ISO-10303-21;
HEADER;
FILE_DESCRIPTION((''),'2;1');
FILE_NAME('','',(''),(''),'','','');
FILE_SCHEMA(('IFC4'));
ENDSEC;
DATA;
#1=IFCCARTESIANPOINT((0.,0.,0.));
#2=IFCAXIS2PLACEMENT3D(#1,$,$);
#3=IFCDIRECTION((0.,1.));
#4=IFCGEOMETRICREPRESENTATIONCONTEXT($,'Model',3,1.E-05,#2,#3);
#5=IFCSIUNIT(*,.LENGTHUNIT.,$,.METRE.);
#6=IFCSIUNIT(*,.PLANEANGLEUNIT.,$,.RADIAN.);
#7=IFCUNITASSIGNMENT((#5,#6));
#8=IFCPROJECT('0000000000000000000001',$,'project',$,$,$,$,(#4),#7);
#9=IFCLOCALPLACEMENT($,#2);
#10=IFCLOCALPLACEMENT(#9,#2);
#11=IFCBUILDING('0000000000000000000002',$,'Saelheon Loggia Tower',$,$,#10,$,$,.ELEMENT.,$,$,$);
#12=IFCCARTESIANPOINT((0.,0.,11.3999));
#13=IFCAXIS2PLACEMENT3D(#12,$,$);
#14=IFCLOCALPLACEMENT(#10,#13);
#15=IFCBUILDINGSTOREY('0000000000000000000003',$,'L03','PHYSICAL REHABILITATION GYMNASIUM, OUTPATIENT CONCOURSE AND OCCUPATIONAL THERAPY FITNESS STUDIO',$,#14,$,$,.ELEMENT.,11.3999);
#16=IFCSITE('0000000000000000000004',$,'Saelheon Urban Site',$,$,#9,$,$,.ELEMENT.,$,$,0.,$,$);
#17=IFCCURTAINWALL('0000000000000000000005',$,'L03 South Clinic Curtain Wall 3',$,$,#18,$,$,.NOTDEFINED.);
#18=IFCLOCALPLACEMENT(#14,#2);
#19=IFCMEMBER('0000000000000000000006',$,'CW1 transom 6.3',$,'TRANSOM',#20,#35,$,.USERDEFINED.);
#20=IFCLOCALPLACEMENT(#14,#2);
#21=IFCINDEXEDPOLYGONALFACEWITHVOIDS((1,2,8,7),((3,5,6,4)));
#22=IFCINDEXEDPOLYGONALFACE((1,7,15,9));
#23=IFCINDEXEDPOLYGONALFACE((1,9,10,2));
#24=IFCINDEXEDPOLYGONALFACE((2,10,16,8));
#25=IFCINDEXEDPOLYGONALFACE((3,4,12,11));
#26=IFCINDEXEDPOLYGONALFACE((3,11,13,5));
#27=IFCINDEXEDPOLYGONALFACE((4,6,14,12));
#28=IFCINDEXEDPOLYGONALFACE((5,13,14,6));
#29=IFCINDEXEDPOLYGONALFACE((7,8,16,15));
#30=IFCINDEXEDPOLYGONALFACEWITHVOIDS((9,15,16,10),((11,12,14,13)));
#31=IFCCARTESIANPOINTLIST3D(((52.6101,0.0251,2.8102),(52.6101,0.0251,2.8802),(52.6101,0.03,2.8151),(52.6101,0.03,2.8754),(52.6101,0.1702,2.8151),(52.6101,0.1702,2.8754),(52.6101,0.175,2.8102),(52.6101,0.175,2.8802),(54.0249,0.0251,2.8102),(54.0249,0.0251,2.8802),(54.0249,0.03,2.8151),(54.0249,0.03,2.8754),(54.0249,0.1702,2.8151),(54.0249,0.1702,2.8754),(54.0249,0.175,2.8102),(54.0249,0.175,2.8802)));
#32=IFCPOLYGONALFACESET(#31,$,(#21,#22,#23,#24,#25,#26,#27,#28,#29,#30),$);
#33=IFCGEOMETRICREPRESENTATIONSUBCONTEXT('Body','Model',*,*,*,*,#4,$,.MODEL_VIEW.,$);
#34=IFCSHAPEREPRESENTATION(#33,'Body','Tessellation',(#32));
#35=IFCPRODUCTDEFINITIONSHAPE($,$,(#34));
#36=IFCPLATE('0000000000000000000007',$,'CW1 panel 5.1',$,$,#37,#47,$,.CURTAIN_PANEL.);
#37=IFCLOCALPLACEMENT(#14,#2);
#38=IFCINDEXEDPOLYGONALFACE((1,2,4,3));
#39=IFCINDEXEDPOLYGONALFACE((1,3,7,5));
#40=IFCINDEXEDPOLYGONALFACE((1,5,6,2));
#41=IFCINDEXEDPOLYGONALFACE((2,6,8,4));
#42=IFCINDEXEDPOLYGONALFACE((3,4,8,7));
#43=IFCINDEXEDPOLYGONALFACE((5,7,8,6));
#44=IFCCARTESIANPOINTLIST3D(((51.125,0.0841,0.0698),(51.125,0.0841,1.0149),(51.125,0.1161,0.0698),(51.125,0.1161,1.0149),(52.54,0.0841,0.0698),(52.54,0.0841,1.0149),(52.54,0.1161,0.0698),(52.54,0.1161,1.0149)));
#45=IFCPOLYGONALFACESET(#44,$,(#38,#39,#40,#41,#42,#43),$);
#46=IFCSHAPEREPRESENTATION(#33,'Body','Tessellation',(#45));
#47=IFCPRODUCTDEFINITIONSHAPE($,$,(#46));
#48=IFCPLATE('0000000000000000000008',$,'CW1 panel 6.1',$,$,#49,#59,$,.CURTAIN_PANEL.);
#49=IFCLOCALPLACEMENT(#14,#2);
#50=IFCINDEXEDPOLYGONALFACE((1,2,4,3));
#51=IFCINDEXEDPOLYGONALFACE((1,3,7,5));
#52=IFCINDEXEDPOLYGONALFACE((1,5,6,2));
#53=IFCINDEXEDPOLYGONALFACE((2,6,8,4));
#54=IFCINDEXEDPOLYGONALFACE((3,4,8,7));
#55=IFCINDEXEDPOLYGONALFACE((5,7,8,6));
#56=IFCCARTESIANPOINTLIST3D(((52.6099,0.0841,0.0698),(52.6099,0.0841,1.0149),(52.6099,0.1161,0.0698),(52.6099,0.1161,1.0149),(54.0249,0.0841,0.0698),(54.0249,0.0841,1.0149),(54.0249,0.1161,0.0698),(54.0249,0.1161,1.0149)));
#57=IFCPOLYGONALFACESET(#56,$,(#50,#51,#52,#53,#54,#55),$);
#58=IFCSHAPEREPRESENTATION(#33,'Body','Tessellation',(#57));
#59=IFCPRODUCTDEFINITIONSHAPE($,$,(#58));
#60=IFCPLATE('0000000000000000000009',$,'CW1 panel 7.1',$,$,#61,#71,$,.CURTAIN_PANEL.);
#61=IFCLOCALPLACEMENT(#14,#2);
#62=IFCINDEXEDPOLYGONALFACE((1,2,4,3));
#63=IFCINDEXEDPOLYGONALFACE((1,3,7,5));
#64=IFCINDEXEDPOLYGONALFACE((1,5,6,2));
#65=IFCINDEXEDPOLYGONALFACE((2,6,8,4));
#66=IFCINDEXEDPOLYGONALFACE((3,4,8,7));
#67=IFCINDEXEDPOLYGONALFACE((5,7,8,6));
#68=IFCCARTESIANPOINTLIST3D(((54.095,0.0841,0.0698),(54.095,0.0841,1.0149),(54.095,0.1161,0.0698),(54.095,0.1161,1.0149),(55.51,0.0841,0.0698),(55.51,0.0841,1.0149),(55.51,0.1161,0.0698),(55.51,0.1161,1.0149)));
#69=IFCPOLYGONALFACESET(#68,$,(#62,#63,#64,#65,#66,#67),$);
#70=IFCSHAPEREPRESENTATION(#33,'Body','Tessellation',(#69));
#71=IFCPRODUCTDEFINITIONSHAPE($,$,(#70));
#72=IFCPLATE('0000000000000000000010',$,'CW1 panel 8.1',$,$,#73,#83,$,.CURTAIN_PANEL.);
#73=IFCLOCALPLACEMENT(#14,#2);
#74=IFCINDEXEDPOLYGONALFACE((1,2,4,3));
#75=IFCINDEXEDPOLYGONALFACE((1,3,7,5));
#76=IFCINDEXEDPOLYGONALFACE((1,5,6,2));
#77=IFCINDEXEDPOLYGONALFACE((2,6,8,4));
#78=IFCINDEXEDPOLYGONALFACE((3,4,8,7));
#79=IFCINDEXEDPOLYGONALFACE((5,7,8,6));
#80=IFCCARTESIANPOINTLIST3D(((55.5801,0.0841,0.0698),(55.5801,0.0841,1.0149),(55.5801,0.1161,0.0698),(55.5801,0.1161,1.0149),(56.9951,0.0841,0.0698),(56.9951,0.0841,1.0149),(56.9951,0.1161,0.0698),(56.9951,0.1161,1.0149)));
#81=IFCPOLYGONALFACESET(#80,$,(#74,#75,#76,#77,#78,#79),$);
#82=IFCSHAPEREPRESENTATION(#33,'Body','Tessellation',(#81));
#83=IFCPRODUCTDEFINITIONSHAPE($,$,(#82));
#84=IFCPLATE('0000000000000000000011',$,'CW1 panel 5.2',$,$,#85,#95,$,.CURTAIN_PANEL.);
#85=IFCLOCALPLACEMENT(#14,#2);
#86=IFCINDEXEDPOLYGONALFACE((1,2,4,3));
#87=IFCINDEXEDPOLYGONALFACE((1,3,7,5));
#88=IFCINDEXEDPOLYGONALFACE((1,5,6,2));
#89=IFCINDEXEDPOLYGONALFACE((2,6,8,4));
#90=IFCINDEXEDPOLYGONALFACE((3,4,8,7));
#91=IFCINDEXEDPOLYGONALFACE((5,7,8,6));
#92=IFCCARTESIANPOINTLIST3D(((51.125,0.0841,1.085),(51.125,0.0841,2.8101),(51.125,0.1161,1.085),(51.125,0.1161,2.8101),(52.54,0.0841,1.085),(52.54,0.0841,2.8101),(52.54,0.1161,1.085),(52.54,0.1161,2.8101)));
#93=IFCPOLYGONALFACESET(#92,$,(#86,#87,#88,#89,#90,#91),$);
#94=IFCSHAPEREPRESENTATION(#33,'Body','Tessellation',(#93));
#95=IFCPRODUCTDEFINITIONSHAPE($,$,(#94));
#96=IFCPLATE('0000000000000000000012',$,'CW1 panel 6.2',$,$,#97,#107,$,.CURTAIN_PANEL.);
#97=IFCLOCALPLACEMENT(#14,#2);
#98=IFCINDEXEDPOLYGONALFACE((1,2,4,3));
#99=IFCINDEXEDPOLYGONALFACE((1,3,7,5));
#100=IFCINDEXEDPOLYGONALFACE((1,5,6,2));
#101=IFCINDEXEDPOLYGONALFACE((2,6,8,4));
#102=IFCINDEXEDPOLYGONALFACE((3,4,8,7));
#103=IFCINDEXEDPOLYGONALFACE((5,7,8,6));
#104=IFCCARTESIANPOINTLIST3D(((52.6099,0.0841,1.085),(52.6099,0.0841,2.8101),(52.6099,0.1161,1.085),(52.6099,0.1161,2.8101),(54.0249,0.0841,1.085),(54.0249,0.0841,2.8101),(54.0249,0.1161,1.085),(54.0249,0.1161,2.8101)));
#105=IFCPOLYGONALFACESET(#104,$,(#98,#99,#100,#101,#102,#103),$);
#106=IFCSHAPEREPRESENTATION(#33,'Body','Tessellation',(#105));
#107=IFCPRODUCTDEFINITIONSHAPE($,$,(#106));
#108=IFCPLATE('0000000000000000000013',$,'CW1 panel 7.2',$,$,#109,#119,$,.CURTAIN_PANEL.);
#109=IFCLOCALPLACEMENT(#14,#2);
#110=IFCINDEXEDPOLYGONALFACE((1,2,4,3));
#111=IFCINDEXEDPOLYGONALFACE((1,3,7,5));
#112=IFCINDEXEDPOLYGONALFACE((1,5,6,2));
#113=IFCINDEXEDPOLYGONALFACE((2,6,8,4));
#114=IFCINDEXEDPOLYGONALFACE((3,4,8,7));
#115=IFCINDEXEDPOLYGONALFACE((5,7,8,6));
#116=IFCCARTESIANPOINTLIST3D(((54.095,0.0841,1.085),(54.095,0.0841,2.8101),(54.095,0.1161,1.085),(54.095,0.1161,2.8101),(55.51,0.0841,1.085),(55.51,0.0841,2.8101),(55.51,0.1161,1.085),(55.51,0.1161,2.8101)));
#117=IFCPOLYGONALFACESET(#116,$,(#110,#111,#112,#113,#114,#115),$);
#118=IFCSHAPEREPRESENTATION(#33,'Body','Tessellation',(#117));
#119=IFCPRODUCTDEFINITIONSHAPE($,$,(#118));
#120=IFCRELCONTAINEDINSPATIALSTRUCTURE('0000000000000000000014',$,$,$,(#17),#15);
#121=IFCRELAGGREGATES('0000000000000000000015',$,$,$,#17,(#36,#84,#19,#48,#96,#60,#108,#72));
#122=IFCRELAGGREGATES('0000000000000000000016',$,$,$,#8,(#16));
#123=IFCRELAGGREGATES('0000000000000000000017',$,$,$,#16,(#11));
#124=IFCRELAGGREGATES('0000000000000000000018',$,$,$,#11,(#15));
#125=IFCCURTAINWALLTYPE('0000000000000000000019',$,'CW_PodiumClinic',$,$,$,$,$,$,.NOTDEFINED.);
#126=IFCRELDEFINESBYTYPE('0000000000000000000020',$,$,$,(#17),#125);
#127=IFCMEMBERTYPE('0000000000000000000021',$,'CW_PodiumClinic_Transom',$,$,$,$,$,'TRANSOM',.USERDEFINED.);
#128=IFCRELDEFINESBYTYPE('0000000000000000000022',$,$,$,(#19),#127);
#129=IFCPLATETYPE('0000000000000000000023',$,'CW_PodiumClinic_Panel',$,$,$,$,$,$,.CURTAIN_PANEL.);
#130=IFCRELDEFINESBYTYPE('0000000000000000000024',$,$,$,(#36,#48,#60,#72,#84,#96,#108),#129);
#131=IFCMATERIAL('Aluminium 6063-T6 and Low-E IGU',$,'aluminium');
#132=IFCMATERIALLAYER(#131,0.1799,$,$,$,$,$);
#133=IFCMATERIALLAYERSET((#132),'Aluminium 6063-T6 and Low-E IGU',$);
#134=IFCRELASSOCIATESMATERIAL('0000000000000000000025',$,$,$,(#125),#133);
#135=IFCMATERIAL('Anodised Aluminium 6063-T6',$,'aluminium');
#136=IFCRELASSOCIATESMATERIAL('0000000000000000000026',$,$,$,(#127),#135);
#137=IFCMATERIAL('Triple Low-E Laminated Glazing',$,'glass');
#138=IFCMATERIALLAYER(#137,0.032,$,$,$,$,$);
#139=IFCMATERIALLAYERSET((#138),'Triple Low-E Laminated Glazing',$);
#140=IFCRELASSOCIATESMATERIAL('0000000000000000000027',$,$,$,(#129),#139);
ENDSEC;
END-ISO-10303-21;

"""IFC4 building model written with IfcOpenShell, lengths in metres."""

from ifc_helpers import new_model, si_unit, direction, frame, origin, origin_2d, place, context, subcontext, project, spatial, rectangle, hollow_rectangle, extrude, source, transform, mapped, material, layer, layer_set, material_profile, profile_set, type_object, element, aggregate, save


model = new_model("IFC4")

# Units and contexts
model_context = context("Model", 3, precision=1e-05, world=origin(), true_north=direction((0.0, 1.0)))
body_context = subcontext(model_context, "Body", "Model", "MODEL_VIEW")
ifc_project = project(units=[si_unit("LENGTHUNIT", "METRE"), si_unit("PLANEANGLEUNIT", "RADIAN")], contexts=[model_context])

# Site, building, storey
site_placement = place(None, origin())
site = spatial("IfcSite", under=ifc_project, at=site_placement, Name="Saelheon Urban Site", CompositionType="ELEMENT", RefElevation=0.0)
building_placement = place(site_placement, origin())
building = spatial("IfcBuilding", under=site, at=building_placement, Name="Saelheon Loggia Tower", CompositionType="ELEMENT")
storey_placement = place(building_placement, frame((0.0, 0.0, 11.3999)))
storey = spatial("IfcBuildingStorey", under=building, at=storey_placement, Name="L03", Description="PHYSICAL REHABILITATION GYMNASIUM, OUTPATIENT CONCOURSE AND OCCUPATIONAL THERAPY FITNESS STUDIO", CompositionType="ELEMENT", Elevation=11.3999)

# Curtain wall, member, plates
ifc_material_1 = material(Name="Aluminium 6063-T6 and Low-E IGU", Category="aluminium")
ifc_layer_1 = layer(ifc_material_1, 0.1799)
ifc_layer_set_1 = layer_set([ifc_layer_1], Name="Aluminium 6063-T6 and Low-E IGU")
curtain_wall_type = type_object("IfcCurtainWallType", Name="CW_PodiumClinic", PredefinedType="NOTDEFINED", material=ifc_layer_set_1)
curtain_wall_placement = place(storey_placement, origin())
curtain_wall = element("IfcCurtainWall", 1, at=curtain_wall_placement, inside=storey, type_object=curtain_wall_type, Name="L03 South Clinic Curtain Wall 3", PredefinedType="NOTDEFINED")
ifc_material_2 = material(Name="Anodised Aluminium 6063-T6", Category="aluminium")
ifc_material_profile_1 = material_profile(ifc_material_2, hollow_rectangle(XDim=0.0701, YDim=0.1499, WallThickness=0.0049, at=origin_2d()), Name="RHS-150x70x5")
ifc_profile_set_1 = profile_set([ifc_material_profile_1], Name="Anodised Aluminium 6063-T6")
member_type_1 = type_object("IfcMemberType", Name="CW_PodiumClinic_Transom", ElementType="TRANSOM", PredefinedType="USERDEFINED", material=ifc_profile_set_1)
shared_shape_1 = source(origin(), body_context, "Body", "SweptSolid", [
    extrude(hollow_rectangle(XDim=0.0701, YDim=0.1499, WallThickness=0.0049, at=origin_2d()), origin(), (0.0, 0.0, 1.0), 1.4148),
])
member_1_placement = place(storey_placement, frame((52.6101, 0.1001, 2.8452), z_axis=(1.0, 0.0, 0.0), x_axis=(0.0, 0.0, 1.0)))
member_1 = element("IfcMember", 2, at=member_1_placement, type_object=member_type_1, Name="CW1 transom 6.3", ObjectType="TRANSOM", PredefinedType="USERDEFINED", context=body_context, shape_type="MappedRepresentation", body=[
    mapped(shared_shape_1, transform((0.0, 0.0, 0.0), scale=1.0)),
])
ifc_material_3 = material(Name="Triple Low-E Laminated Glazing", Category="glass")
ifc_layer_2 = layer(ifc_material_3, 0.032)
ifc_layer_set_2 = layer_set([ifc_layer_2], Name="Triple Low-E Laminated Glazing")
plate_type = type_object("IfcPlateType", Name="CW_PodiumClinic_Panel", PredefinedType="CURTAIN_PANEL", material=ifc_layer_set_2)
shared_shape_2 = source(origin(), body_context, "Body", "SweptSolid", [
    extrude(rectangle(XDim=1.415, YDim=0.032, at=origin_2d()), origin(), (0.0, 0.0, 1.0), 0.9451),
])
plate_1_placement = place(storey_placement, frame((51.8325, 0.1001, 0.0698), z_axis=(0.0, 0.0, 1.0), x_axis=(1.0, 0.0, 0.0)))
plate_1 = element("IfcPlate", 3, at=plate_1_placement, type_object=plate_type, Name="CW1 panel 5.1", PredefinedType="CURTAIN_PANEL", context=body_context, shape_type="MappedRepresentation", body=[
    mapped(shared_shape_2, transform((0.0, 0.0, 0.0), scale=1.0)),
])
plate_2_placement = place(storey_placement, frame((53.3174, 0.1001, 0.0698), z_axis=(0.0, 0.0, 1.0), x_axis=(1.0, 0.0, 0.0)))
plate_2 = element("IfcPlate", 4, at=plate_2_placement, type_object=plate_type, Name="CW1 panel 6.1", PredefinedType="CURTAIN_PANEL", context=body_context, shape_type="MappedRepresentation", body=[
    mapped(shared_shape_2, transform((0.0, 0.0, 0.0), scale=1.0)),
])
plate_3_placement = place(storey_placement, frame((54.8025, 0.1001, 0.0698), z_axis=(0.0, 0.0, 1.0), x_axis=(1.0, 0.0, 0.0)))
plate_3 = element("IfcPlate", 5, at=plate_3_placement, type_object=plate_type, Name="CW1 panel 7.1", PredefinedType="CURTAIN_PANEL", context=body_context, shape_type="MappedRepresentation", body=[
    mapped(shared_shape_2, transform((0.0, 0.0, 0.0), scale=1.0)),
])
plate_4_placement = place(storey_placement, frame((56.2876, 0.1001, 0.0698), z_axis=(0.0, 0.0, 1.0), x_axis=(1.0, 0.0, 0.0)))
plate_4 = element("IfcPlate", 6, at=plate_4_placement, type_object=plate_type, Name="CW1 panel 8.1", PredefinedType="CURTAIN_PANEL", context=body_context, shape_type="MappedRepresentation", body=[
    mapped(shared_shape_2, transform((0.0, 0.0, 0.0), scale=1.0)),
])
shared_shape_3 = source(origin(), body_context, "Body", "SweptSolid", [
    extrude(rectangle(XDim=1.415, YDim=0.032, at=origin_2d()), origin(), (0.0, 0.0, 1.0), 1.7251),
])
plate_5_placement = place(storey_placement, frame((51.8325, 0.1001, 1.085), z_axis=(0.0, 0.0, 1.0), x_axis=(1.0, 0.0, 0.0)))
plate_5 = element("IfcPlate", 7, at=plate_5_placement, type_object=plate_type, Name="CW1 panel 5.2", PredefinedType="CURTAIN_PANEL", context=body_context, shape_type="MappedRepresentation", body=[
    mapped(shared_shape_3, transform((0.0, 0.0, 0.0), scale=1.0)),
])
plate_6_placement = place(storey_placement, frame((53.3174, 0.1001, 1.085), z_axis=(0.0, 0.0, 1.0), x_axis=(1.0, 0.0, 0.0)))
plate_6 = element("IfcPlate", 8, at=plate_6_placement, type_object=plate_type, Name="CW1 panel 6.2", PredefinedType="CURTAIN_PANEL", context=body_context, shape_type="MappedRepresentation", body=[
    mapped(shared_shape_3, transform((0.0, 0.0, 0.0), scale=1.0)),
])
plate_7_placement = place(storey_placement, frame((54.8025, 0.1001, 1.085), z_axis=(0.0, 0.0, 1.0), x_axis=(1.0, 0.0, 0.0)))
plate_7 = element("IfcPlate", 9, at=plate_7_placement, type_object=plate_type, Name="CW1 panel 7.2", PredefinedType="CURTAIN_PANEL", context=body_context, shape_type="MappedRepresentation", body=[
    mapped(shared_shape_3, transform((0.0, 0.0, 0.0), scale=1.0)),
])
aggregate(curtain_wall, [plate_1, plate_5, member_1, plate_2, plate_6, plate_3, plate_7, plate_4])

save(model, "model.ifc")
